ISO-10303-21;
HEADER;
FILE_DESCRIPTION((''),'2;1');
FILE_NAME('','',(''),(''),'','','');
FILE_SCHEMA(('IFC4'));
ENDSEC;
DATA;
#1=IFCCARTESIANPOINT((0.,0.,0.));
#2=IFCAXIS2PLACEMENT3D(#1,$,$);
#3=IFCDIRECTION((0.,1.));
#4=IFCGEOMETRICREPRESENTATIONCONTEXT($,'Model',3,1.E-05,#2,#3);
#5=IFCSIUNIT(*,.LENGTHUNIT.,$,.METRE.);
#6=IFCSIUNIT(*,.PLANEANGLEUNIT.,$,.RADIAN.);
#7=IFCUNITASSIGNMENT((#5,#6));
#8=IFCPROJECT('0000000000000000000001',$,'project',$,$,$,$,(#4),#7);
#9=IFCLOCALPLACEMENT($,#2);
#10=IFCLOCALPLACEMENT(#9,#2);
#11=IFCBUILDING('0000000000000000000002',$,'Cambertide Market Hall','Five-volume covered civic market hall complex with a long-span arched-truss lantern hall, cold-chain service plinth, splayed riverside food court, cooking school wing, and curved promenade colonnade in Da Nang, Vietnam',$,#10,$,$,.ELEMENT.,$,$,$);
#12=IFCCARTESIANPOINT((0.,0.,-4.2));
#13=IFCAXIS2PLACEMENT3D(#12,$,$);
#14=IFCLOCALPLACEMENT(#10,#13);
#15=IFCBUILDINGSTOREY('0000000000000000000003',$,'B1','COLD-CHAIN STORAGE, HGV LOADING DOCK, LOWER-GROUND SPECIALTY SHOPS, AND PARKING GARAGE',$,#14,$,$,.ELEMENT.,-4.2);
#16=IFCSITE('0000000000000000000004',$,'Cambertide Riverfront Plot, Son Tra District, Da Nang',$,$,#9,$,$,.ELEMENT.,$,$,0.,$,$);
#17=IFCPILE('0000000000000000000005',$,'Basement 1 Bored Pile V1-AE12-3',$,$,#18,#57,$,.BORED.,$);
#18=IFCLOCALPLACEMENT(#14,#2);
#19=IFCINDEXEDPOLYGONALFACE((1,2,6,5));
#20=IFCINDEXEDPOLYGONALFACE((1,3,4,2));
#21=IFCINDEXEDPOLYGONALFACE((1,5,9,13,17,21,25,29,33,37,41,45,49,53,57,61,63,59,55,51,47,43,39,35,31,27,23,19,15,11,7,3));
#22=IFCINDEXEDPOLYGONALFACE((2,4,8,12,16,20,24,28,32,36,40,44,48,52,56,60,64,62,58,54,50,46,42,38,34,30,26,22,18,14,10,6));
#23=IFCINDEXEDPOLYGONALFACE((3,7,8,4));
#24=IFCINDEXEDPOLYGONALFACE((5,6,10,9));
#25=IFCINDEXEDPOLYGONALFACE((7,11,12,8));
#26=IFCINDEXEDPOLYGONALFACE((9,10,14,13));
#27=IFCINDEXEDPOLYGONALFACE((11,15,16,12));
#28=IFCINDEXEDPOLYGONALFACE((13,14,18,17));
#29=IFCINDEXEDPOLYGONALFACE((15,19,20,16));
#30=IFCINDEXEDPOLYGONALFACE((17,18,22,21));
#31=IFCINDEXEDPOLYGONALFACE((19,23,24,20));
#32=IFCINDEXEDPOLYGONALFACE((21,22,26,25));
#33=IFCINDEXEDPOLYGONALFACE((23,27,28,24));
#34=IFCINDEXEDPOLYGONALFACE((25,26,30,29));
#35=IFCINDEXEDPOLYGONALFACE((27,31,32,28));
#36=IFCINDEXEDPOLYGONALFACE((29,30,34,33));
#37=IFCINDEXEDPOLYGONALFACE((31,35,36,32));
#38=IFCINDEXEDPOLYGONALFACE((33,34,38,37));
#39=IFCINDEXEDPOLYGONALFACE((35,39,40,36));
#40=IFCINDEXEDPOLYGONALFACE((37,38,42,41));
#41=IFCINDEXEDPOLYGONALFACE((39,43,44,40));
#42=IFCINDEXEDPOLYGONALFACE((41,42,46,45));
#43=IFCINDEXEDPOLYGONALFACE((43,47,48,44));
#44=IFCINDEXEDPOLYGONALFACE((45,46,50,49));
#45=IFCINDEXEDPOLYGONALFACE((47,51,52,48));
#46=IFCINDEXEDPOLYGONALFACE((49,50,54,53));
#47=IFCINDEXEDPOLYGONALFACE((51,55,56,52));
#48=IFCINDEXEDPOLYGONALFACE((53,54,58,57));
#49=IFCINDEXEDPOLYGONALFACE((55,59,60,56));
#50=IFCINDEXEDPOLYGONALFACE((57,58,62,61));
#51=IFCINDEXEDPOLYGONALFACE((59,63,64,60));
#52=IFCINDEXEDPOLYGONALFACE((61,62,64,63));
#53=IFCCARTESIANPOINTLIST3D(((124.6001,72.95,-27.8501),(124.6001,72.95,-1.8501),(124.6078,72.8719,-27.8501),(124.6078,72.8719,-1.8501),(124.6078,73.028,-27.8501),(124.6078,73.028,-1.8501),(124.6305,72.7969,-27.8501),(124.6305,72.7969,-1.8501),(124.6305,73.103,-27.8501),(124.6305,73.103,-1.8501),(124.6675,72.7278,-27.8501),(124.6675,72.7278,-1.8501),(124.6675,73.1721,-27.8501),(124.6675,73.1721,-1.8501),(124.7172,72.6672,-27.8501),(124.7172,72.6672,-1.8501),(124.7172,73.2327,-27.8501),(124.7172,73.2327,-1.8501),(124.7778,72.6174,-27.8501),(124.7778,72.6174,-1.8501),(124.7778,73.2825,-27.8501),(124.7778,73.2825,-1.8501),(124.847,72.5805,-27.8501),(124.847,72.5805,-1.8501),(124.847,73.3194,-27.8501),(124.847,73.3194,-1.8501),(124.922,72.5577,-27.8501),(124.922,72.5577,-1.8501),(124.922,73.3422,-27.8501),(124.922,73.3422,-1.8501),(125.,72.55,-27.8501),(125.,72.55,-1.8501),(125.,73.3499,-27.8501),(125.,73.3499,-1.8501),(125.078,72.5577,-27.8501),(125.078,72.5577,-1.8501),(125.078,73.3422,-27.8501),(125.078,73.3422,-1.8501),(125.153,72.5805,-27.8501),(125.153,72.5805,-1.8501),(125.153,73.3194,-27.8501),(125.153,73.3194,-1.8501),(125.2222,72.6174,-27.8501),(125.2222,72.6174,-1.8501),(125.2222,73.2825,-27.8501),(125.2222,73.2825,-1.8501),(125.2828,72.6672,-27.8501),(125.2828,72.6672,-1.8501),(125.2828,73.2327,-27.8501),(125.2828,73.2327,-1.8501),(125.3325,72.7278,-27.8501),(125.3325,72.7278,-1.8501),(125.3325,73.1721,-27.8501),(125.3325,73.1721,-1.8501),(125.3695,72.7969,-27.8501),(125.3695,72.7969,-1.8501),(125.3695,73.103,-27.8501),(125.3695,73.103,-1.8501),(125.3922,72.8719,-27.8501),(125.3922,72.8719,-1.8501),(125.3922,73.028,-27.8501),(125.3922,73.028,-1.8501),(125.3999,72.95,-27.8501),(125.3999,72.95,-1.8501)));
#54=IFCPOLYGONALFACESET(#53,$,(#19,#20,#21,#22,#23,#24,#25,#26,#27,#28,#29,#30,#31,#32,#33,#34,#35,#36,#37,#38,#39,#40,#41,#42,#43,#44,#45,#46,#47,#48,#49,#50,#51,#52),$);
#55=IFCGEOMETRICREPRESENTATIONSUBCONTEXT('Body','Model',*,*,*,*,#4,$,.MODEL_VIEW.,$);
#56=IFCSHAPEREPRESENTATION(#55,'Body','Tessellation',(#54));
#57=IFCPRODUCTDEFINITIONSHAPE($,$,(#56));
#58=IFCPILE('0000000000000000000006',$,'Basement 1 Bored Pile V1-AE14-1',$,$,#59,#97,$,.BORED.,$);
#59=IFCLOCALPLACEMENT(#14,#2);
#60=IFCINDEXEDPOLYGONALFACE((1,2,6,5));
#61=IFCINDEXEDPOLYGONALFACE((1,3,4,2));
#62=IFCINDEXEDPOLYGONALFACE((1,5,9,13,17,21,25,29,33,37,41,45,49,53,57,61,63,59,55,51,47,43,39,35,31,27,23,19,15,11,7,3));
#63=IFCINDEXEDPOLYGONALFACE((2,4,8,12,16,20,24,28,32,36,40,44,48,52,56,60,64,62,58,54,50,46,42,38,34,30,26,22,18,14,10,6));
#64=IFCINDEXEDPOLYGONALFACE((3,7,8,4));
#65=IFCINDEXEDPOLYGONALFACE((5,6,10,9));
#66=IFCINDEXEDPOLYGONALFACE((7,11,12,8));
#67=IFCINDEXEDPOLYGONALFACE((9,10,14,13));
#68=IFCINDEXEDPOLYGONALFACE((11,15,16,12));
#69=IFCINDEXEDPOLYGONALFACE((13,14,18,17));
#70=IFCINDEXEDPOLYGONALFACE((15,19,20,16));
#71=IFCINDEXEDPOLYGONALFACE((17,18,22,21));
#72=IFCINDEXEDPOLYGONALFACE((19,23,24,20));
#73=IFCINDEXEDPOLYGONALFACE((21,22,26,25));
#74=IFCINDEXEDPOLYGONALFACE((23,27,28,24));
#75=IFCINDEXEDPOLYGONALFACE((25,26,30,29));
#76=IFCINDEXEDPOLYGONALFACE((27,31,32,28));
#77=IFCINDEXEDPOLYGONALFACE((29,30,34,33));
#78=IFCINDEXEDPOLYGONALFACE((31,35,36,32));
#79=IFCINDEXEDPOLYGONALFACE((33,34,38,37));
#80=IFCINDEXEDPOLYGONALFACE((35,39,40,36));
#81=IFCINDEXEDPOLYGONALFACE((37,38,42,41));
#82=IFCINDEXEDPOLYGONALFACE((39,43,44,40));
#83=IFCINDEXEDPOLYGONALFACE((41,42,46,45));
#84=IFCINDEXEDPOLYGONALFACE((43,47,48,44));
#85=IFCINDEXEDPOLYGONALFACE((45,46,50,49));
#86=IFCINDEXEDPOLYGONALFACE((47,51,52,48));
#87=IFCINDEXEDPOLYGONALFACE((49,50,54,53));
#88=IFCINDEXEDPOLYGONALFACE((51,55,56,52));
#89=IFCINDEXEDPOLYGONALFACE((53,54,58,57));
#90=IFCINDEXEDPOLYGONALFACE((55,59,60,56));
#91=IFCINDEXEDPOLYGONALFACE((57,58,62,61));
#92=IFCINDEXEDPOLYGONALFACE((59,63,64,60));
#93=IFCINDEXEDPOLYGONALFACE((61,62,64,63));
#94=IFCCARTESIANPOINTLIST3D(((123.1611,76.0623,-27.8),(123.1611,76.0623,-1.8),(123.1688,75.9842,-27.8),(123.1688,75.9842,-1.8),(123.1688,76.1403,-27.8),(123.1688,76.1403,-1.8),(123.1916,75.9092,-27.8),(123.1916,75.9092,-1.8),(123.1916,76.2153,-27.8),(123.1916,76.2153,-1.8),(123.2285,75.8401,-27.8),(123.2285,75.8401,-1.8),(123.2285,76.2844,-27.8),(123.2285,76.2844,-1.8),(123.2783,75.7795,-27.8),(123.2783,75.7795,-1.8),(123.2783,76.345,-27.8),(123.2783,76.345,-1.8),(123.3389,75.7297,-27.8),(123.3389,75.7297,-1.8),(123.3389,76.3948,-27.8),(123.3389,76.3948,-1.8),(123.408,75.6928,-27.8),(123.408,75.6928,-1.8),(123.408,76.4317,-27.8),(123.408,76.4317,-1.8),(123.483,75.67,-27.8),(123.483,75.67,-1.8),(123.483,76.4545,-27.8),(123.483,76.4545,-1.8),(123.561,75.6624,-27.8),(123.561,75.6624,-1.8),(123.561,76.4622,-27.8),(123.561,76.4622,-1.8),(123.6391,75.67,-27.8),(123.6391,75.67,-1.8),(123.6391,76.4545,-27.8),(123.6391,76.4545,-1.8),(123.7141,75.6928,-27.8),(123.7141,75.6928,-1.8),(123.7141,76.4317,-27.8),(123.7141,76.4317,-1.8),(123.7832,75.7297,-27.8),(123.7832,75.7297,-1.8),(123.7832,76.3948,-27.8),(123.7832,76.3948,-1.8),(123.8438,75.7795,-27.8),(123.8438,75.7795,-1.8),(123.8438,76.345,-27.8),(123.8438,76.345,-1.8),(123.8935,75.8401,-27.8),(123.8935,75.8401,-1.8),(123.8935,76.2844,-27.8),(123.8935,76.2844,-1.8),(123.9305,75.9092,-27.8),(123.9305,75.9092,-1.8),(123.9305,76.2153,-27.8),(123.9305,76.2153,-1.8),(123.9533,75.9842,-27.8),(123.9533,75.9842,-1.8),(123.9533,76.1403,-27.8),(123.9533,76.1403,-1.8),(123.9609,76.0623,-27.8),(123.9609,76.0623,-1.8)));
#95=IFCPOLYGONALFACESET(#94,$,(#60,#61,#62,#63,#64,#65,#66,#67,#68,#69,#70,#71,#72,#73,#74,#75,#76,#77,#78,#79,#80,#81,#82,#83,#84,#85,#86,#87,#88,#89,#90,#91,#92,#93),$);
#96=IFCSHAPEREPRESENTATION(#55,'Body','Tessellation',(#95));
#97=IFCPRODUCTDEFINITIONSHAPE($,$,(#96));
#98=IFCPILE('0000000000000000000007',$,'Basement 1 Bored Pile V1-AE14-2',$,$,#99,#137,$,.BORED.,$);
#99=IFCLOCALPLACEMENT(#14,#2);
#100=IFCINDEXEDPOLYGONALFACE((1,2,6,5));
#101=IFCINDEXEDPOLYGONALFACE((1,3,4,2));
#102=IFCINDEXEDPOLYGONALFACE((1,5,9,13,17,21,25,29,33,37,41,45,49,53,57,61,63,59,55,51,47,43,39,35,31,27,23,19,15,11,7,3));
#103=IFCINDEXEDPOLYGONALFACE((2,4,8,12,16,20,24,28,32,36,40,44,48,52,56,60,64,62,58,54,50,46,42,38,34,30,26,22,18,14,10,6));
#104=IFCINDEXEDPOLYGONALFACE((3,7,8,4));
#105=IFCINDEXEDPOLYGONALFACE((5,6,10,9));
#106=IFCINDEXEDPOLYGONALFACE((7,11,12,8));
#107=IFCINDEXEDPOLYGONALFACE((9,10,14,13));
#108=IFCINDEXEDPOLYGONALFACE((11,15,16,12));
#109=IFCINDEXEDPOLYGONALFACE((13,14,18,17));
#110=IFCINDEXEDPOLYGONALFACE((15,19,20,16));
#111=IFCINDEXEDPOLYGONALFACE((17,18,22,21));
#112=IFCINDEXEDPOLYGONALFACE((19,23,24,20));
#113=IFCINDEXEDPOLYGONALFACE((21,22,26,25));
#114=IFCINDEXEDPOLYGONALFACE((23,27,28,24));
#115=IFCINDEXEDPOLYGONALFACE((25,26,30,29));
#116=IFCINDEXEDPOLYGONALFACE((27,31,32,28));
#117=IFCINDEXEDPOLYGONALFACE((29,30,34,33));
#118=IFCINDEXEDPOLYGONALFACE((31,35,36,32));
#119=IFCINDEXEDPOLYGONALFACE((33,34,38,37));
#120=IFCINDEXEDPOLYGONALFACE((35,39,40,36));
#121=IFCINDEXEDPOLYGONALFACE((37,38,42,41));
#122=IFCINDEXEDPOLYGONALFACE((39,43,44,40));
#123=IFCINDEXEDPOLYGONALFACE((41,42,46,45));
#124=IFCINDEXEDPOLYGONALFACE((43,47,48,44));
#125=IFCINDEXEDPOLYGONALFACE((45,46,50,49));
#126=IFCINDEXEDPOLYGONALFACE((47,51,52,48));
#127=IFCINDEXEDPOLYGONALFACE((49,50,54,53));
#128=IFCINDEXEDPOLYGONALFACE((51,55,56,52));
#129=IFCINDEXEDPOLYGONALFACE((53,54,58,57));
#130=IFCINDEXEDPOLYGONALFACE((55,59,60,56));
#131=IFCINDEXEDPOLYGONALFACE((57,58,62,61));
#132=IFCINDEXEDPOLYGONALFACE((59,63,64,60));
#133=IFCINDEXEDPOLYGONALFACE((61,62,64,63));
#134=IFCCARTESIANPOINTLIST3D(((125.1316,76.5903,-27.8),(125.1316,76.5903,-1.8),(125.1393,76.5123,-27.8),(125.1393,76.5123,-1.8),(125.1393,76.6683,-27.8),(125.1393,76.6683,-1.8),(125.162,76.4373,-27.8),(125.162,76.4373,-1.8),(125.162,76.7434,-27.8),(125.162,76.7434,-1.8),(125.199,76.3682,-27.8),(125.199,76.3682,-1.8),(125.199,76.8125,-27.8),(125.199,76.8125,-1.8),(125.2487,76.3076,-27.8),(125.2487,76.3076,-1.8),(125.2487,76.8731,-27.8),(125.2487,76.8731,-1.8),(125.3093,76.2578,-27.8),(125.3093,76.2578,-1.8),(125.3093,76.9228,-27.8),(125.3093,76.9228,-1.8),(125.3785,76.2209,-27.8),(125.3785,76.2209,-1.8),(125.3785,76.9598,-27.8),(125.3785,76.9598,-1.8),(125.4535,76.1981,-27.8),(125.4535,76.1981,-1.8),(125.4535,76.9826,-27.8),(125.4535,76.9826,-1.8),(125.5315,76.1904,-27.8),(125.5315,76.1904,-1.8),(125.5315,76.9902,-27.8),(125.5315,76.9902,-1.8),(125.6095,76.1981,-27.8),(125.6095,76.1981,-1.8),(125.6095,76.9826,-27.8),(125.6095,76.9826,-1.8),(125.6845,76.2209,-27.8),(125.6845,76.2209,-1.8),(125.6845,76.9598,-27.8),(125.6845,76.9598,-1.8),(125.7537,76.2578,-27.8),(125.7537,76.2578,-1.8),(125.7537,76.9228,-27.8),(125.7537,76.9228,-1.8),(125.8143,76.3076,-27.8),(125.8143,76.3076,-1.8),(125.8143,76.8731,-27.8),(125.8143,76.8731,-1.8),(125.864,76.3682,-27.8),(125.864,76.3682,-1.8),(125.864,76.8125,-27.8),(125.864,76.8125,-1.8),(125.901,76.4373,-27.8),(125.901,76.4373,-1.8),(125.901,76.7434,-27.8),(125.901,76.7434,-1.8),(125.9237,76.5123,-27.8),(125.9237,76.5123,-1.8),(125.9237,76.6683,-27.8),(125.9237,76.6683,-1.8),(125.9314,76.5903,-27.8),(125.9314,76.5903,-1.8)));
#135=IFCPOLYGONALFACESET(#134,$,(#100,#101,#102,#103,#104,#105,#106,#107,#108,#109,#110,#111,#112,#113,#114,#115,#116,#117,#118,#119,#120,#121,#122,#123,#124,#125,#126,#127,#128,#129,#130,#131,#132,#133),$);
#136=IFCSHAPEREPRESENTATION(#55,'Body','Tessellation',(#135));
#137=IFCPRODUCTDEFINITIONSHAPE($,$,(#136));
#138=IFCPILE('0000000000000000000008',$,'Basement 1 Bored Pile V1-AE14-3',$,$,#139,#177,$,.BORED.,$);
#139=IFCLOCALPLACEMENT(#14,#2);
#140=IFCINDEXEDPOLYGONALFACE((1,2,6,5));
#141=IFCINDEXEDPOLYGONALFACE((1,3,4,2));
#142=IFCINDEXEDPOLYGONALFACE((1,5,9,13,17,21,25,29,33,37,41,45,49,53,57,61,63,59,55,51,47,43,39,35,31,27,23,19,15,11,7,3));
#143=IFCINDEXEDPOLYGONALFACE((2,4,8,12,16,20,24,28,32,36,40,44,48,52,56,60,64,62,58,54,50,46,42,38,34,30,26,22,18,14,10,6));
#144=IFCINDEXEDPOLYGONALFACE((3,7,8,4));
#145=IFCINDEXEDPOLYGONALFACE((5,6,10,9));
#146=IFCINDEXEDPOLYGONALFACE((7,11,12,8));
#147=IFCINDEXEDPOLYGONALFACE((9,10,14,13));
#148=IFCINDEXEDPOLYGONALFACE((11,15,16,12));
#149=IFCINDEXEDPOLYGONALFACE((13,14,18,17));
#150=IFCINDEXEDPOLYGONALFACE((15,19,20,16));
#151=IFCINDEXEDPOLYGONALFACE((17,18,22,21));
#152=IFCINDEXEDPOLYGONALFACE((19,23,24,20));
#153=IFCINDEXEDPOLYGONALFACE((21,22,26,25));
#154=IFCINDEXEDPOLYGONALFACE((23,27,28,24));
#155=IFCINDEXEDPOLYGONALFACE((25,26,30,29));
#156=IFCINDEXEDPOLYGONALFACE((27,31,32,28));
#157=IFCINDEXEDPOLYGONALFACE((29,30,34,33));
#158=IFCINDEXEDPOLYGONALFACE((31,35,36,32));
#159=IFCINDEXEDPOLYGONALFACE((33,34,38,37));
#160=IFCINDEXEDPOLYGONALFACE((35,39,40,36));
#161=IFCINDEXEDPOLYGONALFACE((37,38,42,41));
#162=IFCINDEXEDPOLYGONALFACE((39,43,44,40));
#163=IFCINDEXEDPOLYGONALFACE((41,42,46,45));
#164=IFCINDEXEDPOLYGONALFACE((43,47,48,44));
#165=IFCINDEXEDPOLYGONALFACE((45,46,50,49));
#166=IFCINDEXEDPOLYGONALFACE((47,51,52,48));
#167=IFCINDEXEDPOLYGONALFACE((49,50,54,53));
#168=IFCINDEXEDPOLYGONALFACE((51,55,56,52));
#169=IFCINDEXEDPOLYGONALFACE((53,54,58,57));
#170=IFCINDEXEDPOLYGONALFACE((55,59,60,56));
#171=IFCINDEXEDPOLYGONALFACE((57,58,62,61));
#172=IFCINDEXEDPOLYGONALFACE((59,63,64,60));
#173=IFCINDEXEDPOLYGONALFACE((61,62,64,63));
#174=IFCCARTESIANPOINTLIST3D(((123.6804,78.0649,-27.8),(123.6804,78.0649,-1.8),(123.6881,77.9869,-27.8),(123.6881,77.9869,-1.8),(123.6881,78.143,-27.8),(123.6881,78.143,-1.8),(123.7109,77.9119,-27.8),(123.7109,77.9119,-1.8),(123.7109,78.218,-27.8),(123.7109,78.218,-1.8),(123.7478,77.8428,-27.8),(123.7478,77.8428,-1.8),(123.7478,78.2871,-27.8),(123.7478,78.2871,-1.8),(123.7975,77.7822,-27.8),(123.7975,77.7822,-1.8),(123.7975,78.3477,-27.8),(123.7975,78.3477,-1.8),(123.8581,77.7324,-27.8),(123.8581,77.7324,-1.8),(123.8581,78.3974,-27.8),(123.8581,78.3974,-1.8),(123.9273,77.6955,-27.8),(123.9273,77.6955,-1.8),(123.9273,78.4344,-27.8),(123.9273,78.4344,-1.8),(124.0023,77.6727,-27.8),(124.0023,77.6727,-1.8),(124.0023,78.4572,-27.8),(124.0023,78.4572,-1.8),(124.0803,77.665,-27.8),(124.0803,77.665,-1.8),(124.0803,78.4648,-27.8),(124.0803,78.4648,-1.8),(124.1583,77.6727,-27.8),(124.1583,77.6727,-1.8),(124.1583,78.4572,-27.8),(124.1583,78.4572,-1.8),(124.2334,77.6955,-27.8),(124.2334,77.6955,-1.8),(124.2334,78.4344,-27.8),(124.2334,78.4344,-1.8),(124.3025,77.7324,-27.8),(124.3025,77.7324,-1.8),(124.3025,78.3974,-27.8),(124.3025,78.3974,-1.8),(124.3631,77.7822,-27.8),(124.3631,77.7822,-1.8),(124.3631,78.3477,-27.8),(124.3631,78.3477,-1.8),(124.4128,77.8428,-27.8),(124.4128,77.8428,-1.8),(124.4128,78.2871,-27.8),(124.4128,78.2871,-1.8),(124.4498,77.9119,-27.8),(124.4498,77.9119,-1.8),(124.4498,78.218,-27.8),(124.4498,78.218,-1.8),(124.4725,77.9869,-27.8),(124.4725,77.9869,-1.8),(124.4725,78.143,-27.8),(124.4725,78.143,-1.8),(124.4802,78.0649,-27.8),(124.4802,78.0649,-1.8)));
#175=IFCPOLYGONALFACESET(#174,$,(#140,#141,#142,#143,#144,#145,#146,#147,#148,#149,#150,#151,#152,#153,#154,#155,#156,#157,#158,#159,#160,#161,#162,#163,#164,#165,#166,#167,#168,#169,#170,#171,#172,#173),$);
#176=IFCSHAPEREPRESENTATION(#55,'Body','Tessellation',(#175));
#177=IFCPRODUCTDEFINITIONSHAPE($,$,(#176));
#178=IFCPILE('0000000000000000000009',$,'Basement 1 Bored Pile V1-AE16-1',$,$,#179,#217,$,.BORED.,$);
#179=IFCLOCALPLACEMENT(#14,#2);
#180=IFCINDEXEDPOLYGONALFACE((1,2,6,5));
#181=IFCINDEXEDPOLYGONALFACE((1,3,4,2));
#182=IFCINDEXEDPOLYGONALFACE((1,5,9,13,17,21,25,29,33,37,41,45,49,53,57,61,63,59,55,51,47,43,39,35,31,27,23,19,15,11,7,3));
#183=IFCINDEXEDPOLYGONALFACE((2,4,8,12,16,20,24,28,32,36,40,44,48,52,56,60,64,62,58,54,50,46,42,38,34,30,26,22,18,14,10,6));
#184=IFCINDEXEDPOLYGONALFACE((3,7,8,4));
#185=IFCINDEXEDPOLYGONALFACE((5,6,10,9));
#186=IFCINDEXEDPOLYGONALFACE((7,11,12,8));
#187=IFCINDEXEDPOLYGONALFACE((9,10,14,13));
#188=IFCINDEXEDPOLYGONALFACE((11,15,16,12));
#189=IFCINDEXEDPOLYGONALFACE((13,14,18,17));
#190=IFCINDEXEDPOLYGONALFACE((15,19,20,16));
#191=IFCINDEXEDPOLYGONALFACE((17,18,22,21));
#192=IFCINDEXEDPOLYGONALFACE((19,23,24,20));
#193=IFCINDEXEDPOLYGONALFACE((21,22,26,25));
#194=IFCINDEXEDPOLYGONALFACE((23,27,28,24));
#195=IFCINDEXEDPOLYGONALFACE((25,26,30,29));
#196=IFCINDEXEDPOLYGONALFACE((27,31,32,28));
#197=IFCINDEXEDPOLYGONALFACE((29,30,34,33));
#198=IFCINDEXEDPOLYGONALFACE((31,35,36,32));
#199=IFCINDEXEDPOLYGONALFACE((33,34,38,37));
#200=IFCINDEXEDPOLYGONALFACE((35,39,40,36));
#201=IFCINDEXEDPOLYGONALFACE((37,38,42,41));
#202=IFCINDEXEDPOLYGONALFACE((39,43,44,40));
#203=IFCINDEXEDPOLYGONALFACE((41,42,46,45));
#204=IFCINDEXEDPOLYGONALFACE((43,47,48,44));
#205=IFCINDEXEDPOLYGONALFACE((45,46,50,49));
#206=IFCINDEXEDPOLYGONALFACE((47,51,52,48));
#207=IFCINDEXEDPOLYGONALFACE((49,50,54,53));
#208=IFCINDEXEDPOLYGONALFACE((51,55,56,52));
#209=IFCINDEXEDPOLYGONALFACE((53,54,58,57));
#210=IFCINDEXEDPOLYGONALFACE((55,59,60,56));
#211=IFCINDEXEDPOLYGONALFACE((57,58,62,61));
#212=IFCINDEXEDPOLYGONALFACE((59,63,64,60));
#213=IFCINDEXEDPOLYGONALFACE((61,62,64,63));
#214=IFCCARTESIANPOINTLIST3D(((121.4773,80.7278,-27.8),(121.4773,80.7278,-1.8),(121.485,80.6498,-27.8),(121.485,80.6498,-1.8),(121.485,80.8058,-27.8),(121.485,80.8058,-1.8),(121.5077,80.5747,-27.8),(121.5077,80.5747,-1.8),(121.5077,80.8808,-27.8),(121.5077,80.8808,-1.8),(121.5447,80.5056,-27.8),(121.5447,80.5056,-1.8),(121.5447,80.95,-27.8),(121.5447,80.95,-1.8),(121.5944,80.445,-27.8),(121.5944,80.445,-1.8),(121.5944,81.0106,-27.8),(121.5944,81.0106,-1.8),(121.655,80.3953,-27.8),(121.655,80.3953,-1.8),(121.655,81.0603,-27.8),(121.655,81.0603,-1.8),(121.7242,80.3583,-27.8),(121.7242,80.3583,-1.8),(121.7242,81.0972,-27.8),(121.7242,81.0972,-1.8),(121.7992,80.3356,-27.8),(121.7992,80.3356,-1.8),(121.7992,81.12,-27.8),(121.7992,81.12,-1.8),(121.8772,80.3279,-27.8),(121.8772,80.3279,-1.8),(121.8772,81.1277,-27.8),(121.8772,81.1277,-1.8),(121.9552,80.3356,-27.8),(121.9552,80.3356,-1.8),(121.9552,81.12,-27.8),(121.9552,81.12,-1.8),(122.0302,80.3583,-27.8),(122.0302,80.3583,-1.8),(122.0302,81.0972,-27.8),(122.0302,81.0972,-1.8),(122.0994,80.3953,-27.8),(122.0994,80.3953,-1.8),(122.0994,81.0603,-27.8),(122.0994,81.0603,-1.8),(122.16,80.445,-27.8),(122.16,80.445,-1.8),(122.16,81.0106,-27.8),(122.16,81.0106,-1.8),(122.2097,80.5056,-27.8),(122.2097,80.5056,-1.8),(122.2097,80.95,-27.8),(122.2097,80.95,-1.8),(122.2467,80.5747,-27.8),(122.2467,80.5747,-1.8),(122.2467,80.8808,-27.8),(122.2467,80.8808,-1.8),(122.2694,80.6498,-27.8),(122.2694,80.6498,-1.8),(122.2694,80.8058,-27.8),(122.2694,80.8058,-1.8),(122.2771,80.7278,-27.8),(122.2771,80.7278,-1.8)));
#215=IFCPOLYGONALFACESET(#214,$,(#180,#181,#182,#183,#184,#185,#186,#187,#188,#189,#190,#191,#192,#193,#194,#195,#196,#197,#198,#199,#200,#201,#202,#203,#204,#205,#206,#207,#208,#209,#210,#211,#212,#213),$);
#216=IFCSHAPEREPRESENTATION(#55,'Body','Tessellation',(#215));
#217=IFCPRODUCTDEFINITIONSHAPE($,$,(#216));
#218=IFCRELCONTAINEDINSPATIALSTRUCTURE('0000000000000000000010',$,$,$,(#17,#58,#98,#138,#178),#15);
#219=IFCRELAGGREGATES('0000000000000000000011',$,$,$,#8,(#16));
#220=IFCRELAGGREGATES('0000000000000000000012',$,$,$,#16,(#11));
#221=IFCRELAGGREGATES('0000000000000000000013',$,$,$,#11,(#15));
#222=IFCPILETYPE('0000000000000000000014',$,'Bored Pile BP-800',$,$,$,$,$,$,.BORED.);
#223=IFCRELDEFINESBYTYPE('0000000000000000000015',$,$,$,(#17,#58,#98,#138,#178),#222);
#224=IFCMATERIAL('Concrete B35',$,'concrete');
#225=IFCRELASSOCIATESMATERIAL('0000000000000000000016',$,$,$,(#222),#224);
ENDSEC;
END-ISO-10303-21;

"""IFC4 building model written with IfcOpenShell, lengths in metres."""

from ifc_helpers import new_model, si_unit, direction, frame, origin, origin_2d, place, context, subcontext, project, spatial, circle, extrude, material, material_profile, profile_set, type_object, element, save


model = new_model("IFC4")

# Units and contexts
model_context = context("Model", 3, precision=1e-05, world=origin(), true_north=direction((0.0, 1.0)))
body_context = subcontext(model_context, "Body", "Model", "MODEL_VIEW")
ifc_project = project(units=[si_unit("LENGTHUNIT", "METRE"), si_unit("PLANEANGLEUNIT", "RADIAN")], contexts=[model_context])

# Site, building, storey
site_placement = place(None, origin())
site = spatial("IfcSite", under=ifc_project, at=site_placement, Name="Cambertide Riverfront Plot, Son Tra District, Da Nang", CompositionType="ELEMENT", RefElevation=0.0)
building_placement = place(site_placement, origin())
building = spatial("IfcBuilding", under=site, at=building_placement, Name="Cambertide Market Hall", Description="Five-volume covered civic market hall complex with a long-span arched-truss lantern hall, cold-chain service plinth, splayed riverside food court, cooking school wing, and curved promenade colonnade in Da Nang, Vietnam", CompositionType="ELEMENT")
storey_placement = place(building_placement, frame((0.0, 0.0, -4.2)))
storey = spatial("IfcBuildingStorey", under=building, at=storey_placement, Name="B1", Description="COLD-CHAIN STORAGE, HGV LOADING DOCK, LOWER-GROUND SPECIALTY SHOPS, AND PARKING GARAGE", CompositionType="ELEMENT", Elevation=-4.2)

# Piles
ifc_material_1 = material(Name="Concrete B35", Category="concrete")
ifc_material_profile_1 = material_profile(ifc_material_1, circle(Radius=0.3999, at=origin_2d()), Name="BP D800")
ifc_profile_set_1 = profile_set([ifc_material_profile_1], Name="Concrete B35")
pile_type = type_object("IfcPileType", Name="Bored Pile BP-800", PredefinedType="BORED", material=ifc_profile_set_1)
for number, where, z_axis, x_axis, name in (
    (1, (125.0, 72.95, -1.8501), (0.0, 0.0, -1.0), (1.0, 0.0, 0.0), "Basement 1 Bored Pile V1-AE12-3"),
    (2, (123.561, 76.0623, -1.8), (0.0, 0.0, -1.0), (1.0, 0.0, 0.0), "Basement 1 Bored Pile V1-AE14-1"),
    (3, (125.5315, 76.5903, -1.8), (0.0, 0.0, -1.0), (1.0, 0.0, 0.0), "Basement 1 Bored Pile V1-AE14-2"),
    (4, (124.0803, 78.0649, -1.8), (0.0, 0.0, -1.0), (1.0, 0.0, 0.0), "Basement 1 Bored Pile V1-AE14-3"),
    (5, (121.8772, 80.7278, -1.8), (0.0, 0.0, -1.0), (1.0, 0.0, 0.0), "Basement 1 Bored Pile V1-AE16-1"),
):
    element("IfcPile", number, at=place(storey_placement, frame(where, z_axis=z_axis, x_axis=x_axis)), inside=storey, type_object=pile_type, Name=name, PredefinedType="BORED", context=body_context, shape_type="SweptSolid", body=[
        extrude(circle(Radius=0.3999, at=origin_2d()), origin(), (0.0, 0.0, 1.0), 26.0),
    ])

save(model, "model.ifc")
